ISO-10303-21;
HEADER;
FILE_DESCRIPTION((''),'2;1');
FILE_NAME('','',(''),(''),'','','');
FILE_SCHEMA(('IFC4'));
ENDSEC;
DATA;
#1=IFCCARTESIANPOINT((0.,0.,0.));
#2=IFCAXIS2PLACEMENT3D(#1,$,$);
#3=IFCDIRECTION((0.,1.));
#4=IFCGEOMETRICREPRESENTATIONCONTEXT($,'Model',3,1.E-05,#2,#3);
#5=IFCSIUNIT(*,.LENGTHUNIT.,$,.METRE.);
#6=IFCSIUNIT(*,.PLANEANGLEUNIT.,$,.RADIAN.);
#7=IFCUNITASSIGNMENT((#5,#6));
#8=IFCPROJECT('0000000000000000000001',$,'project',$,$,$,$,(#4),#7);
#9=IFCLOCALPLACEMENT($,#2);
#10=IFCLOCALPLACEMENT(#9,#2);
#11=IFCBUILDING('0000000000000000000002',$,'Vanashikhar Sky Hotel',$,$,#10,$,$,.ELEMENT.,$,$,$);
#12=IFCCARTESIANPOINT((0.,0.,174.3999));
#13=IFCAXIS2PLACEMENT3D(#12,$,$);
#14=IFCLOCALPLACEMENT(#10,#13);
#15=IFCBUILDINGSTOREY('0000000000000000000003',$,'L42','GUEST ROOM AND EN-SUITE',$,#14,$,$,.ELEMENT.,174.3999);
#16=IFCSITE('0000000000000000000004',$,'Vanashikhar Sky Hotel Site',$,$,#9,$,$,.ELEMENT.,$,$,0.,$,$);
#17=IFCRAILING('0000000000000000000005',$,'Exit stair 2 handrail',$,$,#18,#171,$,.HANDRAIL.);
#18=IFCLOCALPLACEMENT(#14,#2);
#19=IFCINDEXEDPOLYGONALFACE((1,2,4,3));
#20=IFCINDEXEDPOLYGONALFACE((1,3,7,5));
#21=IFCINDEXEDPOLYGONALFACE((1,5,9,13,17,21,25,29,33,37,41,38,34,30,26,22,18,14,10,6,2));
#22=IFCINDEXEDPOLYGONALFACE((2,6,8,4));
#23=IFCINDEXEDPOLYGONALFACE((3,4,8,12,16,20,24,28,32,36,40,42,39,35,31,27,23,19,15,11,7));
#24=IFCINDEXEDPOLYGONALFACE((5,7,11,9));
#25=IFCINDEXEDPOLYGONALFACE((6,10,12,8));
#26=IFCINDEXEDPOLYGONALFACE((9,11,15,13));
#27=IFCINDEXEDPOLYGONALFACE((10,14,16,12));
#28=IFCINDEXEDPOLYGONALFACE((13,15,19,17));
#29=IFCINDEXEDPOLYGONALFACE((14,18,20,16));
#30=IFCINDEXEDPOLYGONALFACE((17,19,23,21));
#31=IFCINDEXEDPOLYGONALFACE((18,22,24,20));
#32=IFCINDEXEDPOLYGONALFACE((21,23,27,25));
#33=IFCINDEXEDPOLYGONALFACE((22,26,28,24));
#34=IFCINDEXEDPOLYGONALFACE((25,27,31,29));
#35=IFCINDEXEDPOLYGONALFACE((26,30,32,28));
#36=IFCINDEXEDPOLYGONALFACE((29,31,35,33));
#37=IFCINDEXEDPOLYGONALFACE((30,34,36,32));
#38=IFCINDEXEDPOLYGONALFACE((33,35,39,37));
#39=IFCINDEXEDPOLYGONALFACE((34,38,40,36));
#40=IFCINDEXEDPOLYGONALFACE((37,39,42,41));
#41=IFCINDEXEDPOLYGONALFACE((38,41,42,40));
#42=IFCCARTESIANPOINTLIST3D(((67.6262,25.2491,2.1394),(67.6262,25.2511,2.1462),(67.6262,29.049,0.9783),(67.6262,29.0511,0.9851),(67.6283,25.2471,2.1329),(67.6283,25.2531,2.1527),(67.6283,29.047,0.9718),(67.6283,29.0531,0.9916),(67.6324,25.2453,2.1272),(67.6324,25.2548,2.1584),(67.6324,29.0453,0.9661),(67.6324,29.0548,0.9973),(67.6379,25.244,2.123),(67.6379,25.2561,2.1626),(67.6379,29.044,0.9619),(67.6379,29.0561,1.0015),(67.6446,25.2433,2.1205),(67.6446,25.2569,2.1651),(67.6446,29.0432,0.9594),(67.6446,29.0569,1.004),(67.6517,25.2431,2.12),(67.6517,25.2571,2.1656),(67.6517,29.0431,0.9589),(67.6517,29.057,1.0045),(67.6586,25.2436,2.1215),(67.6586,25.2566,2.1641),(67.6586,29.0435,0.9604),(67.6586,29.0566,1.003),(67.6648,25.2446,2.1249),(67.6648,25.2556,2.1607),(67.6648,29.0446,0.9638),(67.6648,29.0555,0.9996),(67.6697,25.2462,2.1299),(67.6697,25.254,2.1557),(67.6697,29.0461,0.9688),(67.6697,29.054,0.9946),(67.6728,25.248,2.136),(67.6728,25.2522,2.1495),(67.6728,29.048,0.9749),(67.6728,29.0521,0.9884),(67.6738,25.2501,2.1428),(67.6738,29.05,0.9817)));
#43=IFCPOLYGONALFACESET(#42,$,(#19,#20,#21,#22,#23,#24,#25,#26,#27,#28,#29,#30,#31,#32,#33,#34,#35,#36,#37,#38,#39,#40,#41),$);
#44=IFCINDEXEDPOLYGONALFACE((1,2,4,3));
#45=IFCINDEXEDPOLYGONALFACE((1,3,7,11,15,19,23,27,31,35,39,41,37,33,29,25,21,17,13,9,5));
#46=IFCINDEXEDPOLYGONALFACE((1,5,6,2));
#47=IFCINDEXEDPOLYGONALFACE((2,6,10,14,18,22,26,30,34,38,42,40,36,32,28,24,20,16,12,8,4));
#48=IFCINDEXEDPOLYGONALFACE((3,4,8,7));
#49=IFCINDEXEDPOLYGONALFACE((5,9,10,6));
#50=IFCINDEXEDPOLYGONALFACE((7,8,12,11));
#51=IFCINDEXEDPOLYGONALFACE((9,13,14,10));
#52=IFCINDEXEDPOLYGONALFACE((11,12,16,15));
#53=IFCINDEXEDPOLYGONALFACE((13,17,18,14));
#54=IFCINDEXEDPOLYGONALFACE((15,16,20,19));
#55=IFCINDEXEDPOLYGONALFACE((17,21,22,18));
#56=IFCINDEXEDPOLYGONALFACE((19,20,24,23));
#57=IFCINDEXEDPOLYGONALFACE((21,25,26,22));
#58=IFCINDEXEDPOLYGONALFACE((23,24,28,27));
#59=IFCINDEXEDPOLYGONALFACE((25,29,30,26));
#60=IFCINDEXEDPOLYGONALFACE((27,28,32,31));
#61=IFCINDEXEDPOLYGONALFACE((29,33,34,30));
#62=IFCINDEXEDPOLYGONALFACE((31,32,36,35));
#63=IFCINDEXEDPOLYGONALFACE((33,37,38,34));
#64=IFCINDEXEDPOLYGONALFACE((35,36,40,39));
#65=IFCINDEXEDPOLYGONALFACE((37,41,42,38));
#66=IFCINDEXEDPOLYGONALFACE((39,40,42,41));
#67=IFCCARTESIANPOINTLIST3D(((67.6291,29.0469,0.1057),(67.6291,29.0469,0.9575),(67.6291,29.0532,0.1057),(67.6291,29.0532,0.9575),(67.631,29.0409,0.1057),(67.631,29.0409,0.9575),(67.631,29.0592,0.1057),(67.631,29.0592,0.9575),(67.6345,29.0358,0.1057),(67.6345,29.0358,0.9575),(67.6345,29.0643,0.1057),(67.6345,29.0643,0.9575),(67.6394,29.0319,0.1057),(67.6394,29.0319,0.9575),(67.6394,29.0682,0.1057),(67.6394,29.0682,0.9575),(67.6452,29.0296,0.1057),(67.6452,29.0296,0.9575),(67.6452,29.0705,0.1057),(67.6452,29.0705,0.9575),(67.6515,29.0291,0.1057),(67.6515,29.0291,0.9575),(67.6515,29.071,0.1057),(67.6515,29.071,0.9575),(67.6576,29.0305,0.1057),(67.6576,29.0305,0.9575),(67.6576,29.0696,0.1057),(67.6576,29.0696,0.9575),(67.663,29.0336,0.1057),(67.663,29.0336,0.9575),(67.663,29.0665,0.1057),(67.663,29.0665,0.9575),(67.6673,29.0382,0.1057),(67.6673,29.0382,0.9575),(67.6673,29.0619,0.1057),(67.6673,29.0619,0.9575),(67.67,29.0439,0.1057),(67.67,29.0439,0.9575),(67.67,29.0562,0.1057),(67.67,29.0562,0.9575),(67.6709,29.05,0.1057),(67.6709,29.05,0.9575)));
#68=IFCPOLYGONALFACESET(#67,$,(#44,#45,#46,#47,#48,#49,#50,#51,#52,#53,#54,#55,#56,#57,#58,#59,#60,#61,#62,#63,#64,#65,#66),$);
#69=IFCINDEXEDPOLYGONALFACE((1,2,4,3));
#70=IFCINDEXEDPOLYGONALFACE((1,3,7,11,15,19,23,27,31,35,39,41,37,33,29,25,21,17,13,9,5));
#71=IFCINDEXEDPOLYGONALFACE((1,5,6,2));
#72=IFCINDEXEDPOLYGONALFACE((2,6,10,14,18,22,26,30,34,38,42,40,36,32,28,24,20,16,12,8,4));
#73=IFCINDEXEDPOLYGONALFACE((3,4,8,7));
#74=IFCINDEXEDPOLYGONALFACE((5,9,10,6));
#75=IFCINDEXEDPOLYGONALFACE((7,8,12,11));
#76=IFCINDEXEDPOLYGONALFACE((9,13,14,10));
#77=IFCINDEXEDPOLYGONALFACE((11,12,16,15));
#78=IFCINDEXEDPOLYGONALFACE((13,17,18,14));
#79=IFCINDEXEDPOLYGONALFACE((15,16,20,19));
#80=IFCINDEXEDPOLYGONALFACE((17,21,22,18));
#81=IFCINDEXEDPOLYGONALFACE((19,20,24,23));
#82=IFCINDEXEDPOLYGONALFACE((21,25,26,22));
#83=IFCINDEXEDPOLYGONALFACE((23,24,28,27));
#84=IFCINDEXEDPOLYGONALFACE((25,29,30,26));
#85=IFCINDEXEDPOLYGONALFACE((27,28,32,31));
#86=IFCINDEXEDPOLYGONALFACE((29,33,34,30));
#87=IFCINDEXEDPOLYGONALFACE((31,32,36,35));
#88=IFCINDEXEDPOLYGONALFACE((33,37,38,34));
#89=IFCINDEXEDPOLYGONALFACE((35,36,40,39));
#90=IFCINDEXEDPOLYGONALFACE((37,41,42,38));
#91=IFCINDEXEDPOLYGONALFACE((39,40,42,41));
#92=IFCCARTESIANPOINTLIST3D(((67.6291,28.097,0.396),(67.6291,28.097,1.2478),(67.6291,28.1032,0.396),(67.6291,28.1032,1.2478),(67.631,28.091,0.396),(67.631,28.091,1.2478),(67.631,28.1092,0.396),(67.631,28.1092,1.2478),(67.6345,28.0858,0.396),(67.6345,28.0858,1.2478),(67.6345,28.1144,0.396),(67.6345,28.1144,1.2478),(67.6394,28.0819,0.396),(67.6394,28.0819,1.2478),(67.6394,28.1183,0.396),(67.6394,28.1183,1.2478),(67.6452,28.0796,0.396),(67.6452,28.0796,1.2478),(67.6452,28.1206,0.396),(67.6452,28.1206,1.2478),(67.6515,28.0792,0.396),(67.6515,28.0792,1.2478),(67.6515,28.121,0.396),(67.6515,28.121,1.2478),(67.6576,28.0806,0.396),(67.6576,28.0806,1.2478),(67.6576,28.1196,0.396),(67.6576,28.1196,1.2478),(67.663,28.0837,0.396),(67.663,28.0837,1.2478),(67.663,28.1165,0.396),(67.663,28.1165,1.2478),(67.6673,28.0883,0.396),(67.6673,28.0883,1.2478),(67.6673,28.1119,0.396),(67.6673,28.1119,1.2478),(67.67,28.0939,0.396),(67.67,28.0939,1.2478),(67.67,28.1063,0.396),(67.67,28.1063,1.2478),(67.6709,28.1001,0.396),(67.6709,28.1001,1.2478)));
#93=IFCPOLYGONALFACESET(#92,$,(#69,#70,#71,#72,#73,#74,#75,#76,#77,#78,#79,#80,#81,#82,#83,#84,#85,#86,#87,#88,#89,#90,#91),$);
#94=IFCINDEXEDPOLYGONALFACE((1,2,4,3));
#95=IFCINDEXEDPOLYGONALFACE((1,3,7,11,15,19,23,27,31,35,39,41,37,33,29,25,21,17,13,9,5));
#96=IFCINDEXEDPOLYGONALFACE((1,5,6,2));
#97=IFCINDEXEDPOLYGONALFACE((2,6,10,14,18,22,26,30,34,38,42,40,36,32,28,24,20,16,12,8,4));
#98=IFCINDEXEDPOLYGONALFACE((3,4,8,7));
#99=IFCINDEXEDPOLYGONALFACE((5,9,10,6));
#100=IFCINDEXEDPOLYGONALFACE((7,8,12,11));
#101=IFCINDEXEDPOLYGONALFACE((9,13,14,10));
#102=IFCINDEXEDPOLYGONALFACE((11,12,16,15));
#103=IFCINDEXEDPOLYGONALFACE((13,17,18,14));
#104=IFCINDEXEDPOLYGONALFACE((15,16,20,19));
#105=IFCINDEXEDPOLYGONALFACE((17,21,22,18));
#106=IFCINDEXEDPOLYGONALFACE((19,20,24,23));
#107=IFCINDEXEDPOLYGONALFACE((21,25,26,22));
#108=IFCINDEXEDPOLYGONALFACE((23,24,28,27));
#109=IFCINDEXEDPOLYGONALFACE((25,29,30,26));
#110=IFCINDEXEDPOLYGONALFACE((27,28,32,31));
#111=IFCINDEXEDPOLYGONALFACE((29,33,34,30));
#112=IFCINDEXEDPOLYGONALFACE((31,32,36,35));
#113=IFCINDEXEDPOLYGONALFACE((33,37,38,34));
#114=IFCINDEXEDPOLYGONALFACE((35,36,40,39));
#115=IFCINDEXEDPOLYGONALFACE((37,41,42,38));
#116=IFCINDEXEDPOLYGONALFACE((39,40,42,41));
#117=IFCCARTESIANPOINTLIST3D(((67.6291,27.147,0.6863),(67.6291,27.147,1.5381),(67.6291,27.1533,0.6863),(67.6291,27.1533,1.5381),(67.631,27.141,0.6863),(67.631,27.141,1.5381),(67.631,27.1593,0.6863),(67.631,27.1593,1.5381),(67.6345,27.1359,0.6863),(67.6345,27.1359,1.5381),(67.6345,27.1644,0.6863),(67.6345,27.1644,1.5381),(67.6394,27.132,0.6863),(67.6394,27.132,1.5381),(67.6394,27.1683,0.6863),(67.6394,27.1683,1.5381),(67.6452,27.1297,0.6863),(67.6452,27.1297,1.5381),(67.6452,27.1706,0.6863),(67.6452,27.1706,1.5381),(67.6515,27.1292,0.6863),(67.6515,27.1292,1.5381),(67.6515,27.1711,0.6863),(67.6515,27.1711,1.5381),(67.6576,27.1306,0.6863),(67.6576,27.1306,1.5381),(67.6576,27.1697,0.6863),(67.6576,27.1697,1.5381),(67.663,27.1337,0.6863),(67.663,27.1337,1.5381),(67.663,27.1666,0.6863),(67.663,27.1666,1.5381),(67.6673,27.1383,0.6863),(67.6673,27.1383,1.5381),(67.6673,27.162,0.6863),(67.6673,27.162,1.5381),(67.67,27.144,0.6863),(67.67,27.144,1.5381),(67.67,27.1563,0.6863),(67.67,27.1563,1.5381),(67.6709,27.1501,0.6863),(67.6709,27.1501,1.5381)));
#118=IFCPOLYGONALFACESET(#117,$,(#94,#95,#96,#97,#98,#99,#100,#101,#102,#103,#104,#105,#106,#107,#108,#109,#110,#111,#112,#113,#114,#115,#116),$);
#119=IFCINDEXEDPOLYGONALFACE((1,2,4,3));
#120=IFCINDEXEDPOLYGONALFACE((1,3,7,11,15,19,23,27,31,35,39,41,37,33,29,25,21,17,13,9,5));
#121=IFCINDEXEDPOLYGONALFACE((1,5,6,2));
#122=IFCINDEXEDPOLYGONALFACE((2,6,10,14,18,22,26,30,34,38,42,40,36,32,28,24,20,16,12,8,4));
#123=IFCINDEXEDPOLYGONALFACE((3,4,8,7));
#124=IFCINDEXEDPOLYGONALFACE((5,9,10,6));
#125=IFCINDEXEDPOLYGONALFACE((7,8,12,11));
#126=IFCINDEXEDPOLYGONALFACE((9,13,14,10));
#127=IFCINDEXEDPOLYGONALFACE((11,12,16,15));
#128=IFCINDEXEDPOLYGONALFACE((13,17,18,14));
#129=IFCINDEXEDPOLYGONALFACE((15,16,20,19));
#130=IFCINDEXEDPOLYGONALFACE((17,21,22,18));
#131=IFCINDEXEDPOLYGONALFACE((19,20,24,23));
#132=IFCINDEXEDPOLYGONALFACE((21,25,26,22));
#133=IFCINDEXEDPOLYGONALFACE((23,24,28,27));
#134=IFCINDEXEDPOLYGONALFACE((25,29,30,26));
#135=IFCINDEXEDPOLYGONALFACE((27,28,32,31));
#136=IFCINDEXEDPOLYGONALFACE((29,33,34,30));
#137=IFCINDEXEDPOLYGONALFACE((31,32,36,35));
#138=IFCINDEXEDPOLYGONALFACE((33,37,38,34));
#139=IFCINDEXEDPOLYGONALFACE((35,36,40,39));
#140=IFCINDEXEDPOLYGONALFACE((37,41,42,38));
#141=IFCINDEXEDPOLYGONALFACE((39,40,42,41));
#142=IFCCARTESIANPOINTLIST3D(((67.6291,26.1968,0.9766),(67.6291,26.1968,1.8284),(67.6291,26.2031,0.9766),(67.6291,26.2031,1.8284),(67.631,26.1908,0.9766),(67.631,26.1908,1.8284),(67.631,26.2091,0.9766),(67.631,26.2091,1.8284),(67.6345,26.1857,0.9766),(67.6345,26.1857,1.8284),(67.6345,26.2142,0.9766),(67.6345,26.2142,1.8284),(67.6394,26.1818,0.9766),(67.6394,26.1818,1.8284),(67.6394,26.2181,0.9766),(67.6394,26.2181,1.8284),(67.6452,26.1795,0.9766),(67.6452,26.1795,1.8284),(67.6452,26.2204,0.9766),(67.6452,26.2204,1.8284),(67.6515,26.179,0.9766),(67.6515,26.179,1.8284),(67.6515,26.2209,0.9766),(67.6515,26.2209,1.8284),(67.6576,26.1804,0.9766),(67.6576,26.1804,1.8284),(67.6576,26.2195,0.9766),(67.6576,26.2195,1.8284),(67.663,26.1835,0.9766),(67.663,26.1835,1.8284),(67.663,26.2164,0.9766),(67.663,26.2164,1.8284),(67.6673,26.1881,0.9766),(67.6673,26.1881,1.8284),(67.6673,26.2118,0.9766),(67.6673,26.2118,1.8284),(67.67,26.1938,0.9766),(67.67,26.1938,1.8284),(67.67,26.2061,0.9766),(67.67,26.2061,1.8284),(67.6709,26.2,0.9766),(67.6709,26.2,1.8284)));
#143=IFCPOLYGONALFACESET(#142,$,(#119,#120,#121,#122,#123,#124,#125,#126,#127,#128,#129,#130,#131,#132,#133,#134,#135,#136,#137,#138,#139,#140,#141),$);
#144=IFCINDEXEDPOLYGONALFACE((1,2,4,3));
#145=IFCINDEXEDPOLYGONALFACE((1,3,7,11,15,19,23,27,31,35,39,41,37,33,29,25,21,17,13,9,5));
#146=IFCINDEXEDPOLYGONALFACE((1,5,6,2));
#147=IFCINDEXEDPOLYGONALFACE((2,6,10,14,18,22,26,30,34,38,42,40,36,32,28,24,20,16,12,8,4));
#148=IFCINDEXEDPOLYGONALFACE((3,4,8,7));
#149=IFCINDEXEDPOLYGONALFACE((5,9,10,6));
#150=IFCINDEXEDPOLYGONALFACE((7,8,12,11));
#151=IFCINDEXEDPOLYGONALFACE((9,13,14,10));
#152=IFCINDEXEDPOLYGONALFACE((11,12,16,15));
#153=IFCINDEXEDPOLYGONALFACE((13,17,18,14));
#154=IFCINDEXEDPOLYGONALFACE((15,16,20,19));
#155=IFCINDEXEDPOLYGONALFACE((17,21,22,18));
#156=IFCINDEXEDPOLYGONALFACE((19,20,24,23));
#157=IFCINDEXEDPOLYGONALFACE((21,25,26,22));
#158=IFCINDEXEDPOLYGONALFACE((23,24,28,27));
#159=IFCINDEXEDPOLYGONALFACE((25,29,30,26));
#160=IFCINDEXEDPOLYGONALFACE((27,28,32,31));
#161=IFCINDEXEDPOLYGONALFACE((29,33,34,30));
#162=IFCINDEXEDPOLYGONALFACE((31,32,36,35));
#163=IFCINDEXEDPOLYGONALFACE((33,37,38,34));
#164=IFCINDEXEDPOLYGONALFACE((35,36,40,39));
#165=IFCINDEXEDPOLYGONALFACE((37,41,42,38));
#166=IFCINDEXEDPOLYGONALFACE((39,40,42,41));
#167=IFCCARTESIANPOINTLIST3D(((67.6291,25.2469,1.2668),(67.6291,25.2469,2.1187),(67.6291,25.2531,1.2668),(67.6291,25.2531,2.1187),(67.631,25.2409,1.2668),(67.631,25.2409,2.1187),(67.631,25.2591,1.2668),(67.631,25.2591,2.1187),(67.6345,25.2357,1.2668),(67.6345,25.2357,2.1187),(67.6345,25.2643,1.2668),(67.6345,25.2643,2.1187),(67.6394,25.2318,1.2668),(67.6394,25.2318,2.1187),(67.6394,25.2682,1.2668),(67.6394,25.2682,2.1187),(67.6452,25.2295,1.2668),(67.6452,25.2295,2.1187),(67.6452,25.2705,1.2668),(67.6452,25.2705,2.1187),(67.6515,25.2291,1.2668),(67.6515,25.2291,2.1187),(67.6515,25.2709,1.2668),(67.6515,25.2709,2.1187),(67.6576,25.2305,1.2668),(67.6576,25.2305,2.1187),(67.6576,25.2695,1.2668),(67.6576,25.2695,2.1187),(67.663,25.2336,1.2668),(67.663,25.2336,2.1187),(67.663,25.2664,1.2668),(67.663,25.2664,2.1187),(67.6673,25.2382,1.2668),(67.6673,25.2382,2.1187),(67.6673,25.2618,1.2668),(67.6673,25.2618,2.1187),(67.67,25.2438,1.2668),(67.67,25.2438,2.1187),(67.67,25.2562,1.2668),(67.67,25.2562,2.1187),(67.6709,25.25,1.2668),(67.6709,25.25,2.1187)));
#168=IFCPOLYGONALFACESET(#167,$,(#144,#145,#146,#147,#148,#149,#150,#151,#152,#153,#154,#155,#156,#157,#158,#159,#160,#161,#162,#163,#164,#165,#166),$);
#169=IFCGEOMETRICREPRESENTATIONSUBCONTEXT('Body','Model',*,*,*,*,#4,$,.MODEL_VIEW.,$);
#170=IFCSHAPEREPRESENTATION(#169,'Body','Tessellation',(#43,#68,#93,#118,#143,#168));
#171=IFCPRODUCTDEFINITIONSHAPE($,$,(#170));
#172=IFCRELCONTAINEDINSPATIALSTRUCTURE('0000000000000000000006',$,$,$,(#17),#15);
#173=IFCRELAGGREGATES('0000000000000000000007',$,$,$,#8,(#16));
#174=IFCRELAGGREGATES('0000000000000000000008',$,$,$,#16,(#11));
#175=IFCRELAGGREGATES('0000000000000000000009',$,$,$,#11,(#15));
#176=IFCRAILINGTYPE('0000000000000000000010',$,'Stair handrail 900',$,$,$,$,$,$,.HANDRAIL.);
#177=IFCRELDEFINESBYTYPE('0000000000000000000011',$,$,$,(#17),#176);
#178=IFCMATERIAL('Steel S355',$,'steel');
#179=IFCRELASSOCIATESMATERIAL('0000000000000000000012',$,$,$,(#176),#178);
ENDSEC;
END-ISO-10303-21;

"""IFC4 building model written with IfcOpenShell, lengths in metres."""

from ifc_helpers import new_model, si_unit, direction, frame, origin, origin_2d, place, context, subcontext, project, spatial, circle, extrude, source, transform, mapped, material, type_object, element, save


model = new_model("IFC4")

# Units and contexts
model_context = context("Model", 3, precision=1e-05, world=origin(), true_north=direction((0.0, 1.0)))
body_context = subcontext(model_context, "Body", "Model", "MODEL_VIEW")
ifc_project = project(units=[si_unit("LENGTHUNIT", "METRE"), si_unit("PLANEANGLEUNIT", "RADIAN")], contexts=[model_context])

# Site, building, storey
site_placement = place(None, origin())
site = spatial("IfcSite", under=ifc_project, at=site_placement, Name="Vanashikhar Sky Hotel Site", CompositionType="ELEMENT", RefElevation=0.0)
building_placement = place(site_placement, origin())
building = spatial("IfcBuilding", under=site, at=building_placement, Name="Vanashikhar Sky Hotel", CompositionType="ELEMENT")
storey_placement = place(building_placement, frame((0.0, 0.0, 174.3999)))
storey = spatial("IfcBuildingStorey", under=building, at=storey_placement, Name="L42", Description="GUEST ROOM AND EN-SUITE", CompositionType="ELEMENT", Elevation=174.3999)

# Railing
ifc_material_1 = material(Name="Steel S355", Category="steel")
railing_type = type_object("IfcRailingType", Name="Stair handrail 900", PredefinedType="HANDRAIL", material=ifc_material_1)
shared_shape_1 = source(origin(), body_context, "Body", "SweptSolid", [
    extrude(circle(Radius=0.0239, at=origin_2d()), frame((0.0, 0.0, 0.876), z_axis=(0.0, -0.956351, 0.29222), x_axis=(1.0, 0.0, 0.0)), (0.0, 0.0, 1.0), 3.9734),
    extrude(circle(Radius=0.021, at=origin_2d()), origin(), (0.0, 0.0, 1.0), 0.8518),
    extrude(circle(Radius=0.021, at=origin_2d()), frame((0.0, -0.95, 0.2903)), (0.0, 0.0, 1.0), 0.8518),
    extrude(circle(Radius=0.021, at=origin_2d()), frame((0.0, -1.8999, 0.5806)), (0.0, 0.0, 1.0), 0.8518),
    extrude(circle(Radius=0.021, at=origin_2d()), frame((0.0, -2.8501, 0.8708)), (0.0, 0.0, 1.0), 0.8518),
    extrude(circle(Radius=0.021, at=origin_2d()), frame((0.0, -3.8, 1.1611)), (0.0, 0.0, 1.0), 0.8518),
])
for number, where, name in (
    (1, (67.6499, 29.05, 0.1057), "Exit stair 2 handrail"),
):
    element("IfcRailing", number, at=place(storey_placement, frame(where)), inside=storey, type_object=railing_type, Name=name, PredefinedType="HANDRAIL", context=body_context, shape_type="MappedRepresentation", body=[
        mapped(shared_shape_1, transform((0.0, 0.0, 0.0), scale=1.0)),
    ])

save(model, "model.ifc")
